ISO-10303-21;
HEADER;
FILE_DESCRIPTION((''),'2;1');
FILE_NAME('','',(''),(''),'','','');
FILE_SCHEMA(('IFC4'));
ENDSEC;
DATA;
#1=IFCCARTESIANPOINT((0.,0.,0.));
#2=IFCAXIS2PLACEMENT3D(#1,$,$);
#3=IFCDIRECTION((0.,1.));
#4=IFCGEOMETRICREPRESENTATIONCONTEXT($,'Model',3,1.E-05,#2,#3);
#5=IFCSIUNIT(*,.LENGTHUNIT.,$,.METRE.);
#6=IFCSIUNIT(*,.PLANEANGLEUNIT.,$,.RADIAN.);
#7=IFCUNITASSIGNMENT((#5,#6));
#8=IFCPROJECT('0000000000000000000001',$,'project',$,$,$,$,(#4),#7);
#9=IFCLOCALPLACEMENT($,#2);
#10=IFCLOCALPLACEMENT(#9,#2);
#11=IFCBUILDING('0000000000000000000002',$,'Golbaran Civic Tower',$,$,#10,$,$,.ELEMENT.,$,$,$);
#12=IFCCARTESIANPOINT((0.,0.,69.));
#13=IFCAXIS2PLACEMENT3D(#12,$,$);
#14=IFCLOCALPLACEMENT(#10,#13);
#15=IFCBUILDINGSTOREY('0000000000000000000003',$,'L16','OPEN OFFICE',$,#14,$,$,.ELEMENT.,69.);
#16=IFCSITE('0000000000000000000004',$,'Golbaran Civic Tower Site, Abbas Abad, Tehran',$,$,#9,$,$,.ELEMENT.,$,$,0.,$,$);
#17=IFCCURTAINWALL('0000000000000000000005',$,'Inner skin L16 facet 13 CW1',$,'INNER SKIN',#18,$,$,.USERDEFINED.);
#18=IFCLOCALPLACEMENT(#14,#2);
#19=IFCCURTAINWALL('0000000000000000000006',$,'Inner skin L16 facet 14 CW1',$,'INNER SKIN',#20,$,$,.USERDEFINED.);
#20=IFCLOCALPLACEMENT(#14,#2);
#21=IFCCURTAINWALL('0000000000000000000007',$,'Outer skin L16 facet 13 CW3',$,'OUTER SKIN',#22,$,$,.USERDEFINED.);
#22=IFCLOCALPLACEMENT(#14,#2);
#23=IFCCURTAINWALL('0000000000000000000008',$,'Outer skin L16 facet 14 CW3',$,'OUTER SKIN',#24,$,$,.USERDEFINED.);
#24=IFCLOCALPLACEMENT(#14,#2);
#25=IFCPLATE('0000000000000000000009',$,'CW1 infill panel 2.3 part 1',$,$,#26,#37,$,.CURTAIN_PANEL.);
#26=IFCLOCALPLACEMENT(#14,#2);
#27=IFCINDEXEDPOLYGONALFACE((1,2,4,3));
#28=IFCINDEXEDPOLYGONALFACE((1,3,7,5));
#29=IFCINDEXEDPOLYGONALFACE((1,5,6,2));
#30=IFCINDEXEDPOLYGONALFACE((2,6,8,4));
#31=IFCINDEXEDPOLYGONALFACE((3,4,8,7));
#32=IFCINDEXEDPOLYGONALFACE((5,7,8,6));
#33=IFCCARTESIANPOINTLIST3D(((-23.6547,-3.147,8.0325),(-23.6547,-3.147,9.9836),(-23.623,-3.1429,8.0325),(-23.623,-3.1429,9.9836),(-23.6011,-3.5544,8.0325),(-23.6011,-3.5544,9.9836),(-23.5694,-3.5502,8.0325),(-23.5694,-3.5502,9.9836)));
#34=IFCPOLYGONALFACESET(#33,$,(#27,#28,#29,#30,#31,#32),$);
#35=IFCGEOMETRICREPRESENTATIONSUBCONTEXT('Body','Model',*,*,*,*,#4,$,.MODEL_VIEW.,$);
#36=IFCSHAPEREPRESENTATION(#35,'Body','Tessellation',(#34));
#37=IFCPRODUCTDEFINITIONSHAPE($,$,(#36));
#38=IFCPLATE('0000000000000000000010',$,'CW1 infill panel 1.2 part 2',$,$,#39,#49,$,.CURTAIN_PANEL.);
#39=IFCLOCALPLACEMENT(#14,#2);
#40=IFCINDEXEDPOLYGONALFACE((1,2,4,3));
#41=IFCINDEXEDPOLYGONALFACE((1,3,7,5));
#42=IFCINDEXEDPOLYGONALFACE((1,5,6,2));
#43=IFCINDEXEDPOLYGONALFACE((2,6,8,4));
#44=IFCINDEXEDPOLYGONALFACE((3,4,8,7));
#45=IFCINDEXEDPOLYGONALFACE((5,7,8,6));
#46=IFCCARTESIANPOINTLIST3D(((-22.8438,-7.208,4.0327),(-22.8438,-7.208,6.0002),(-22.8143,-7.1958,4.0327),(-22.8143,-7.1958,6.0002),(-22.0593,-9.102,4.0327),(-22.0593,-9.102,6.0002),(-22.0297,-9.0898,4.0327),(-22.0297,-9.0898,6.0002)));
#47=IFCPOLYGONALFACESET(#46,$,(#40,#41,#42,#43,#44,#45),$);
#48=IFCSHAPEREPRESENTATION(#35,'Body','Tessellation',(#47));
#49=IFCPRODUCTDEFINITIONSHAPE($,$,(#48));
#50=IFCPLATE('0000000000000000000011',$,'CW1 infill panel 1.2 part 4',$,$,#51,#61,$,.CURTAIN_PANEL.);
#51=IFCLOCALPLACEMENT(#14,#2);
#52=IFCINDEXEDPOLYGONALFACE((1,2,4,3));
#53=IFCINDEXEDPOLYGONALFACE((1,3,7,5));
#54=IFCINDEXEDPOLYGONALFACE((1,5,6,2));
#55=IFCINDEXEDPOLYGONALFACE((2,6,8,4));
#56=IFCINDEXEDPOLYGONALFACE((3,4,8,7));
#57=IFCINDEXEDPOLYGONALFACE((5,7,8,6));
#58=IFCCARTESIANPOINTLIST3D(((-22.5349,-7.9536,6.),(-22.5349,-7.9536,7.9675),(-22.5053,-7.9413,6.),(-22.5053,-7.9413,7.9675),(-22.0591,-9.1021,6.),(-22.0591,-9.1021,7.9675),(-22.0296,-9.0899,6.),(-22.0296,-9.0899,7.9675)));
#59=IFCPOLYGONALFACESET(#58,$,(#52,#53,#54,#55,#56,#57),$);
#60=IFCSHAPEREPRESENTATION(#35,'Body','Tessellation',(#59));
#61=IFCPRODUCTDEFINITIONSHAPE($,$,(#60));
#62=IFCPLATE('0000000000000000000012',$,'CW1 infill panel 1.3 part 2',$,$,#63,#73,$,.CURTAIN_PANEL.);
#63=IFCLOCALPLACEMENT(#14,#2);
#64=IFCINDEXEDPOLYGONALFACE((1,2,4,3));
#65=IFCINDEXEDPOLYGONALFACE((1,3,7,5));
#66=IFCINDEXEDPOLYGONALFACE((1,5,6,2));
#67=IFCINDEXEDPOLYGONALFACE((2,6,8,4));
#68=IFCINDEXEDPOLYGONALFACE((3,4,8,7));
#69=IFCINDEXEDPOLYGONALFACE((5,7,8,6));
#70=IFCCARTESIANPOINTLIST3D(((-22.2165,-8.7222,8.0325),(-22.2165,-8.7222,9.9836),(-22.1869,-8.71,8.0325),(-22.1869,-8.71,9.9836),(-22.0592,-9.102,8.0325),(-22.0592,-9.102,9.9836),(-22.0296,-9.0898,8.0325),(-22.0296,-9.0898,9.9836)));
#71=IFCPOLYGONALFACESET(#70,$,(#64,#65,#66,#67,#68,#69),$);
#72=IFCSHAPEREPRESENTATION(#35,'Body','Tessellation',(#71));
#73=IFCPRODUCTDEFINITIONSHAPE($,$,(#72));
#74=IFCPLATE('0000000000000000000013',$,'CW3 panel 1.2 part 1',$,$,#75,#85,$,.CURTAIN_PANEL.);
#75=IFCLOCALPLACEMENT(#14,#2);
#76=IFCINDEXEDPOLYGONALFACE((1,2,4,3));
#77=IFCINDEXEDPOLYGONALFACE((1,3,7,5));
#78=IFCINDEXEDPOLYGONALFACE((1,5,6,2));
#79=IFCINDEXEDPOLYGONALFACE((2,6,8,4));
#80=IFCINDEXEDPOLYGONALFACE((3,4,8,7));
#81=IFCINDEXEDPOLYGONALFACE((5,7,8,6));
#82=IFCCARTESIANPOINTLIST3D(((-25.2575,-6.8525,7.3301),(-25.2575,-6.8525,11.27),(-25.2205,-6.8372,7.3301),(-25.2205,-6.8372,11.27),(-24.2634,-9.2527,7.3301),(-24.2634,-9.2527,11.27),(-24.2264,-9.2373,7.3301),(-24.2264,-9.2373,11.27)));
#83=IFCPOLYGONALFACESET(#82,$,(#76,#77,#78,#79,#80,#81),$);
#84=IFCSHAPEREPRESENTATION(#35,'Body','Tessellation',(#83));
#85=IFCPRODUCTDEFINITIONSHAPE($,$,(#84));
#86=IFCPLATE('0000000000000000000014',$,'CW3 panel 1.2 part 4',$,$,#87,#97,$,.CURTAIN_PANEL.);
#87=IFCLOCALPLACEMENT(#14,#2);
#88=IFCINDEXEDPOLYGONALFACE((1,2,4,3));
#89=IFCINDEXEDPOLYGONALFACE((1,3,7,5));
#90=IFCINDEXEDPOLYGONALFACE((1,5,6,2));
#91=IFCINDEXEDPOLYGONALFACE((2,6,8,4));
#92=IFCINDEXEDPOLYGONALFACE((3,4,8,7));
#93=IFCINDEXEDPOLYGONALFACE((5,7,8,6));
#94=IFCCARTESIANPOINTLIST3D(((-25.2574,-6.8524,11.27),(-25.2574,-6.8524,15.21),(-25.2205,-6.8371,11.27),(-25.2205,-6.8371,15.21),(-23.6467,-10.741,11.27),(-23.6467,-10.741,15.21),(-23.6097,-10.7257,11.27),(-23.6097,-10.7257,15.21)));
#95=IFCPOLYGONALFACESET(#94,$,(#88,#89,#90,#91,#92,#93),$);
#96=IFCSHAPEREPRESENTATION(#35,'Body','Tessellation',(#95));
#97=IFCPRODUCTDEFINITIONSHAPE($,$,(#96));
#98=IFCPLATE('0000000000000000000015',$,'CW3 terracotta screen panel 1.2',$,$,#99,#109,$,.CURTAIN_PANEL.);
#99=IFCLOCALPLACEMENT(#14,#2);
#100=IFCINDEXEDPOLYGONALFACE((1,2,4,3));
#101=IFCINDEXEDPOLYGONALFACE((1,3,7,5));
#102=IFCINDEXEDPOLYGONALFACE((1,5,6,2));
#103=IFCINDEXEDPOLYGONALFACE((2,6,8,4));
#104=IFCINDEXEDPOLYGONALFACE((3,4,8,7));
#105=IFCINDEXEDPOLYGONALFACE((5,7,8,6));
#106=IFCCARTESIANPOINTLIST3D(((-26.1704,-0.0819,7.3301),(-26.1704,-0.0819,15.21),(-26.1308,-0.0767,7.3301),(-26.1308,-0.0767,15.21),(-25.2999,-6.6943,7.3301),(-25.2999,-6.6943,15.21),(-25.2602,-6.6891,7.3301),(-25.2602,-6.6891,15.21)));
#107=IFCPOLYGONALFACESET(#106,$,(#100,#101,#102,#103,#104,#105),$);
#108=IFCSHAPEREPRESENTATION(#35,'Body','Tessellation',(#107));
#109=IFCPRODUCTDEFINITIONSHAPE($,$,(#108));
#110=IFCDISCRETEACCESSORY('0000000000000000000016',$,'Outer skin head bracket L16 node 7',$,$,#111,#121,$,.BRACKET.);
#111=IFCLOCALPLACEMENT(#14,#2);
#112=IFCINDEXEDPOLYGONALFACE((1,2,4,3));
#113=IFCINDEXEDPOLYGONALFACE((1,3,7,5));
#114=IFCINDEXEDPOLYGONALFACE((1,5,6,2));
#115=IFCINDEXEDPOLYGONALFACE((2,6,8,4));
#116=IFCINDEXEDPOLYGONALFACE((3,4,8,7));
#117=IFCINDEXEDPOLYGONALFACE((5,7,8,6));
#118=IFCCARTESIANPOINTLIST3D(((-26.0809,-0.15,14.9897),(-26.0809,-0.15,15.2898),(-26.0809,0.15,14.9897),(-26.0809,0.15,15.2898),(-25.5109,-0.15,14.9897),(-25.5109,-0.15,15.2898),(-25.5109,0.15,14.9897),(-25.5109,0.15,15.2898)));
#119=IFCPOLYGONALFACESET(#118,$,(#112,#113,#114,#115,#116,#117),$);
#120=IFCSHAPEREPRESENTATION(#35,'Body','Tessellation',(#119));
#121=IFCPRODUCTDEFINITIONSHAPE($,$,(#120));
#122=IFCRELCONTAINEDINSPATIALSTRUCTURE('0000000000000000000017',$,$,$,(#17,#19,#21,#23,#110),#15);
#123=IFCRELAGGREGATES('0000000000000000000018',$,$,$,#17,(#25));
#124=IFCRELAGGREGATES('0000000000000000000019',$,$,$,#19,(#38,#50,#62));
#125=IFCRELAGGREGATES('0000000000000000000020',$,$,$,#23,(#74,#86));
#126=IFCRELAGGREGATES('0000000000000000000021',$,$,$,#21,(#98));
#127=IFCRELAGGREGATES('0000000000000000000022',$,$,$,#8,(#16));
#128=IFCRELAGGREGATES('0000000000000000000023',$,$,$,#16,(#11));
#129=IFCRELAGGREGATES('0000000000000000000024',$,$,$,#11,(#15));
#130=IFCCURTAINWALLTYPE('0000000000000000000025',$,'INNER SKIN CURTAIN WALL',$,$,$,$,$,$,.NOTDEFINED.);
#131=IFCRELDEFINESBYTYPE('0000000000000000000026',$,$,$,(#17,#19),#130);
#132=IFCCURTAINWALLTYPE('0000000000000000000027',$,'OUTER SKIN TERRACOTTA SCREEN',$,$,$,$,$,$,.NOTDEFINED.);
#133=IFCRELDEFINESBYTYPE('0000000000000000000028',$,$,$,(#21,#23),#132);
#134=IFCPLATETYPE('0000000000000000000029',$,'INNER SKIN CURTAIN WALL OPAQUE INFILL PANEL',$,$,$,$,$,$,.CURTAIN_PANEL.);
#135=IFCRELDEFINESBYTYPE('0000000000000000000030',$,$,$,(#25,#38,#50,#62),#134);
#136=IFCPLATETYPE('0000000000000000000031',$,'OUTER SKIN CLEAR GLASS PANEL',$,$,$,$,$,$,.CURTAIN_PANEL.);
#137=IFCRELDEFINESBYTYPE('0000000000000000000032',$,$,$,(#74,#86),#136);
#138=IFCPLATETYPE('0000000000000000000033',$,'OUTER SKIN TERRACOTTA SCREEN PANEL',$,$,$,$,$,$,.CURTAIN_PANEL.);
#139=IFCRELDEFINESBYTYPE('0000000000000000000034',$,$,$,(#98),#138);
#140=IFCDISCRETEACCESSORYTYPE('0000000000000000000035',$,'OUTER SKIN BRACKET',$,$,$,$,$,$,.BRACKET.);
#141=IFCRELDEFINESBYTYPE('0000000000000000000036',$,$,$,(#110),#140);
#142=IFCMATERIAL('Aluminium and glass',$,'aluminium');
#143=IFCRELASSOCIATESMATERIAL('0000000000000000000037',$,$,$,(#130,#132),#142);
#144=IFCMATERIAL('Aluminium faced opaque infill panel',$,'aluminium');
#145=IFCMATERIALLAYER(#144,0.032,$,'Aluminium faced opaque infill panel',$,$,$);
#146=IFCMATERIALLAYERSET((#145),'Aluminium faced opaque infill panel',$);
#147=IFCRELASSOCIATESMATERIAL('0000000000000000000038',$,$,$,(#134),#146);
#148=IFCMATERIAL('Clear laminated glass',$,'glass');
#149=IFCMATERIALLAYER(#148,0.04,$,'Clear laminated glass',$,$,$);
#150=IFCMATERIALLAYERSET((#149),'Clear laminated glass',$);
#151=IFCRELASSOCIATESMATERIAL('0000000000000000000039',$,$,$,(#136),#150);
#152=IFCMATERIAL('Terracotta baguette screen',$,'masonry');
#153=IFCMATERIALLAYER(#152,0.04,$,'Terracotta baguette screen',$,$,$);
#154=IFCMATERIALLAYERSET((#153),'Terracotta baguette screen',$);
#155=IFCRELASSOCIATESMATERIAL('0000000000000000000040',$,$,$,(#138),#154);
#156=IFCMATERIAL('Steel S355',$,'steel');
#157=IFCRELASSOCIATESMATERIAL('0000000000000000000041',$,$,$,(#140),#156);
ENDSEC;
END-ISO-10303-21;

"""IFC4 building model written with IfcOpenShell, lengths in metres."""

from ifc_helpers import new_model, si_unit, direction, frame, origin, origin_2d, place, context, subcontext, project, spatial, rectangle, extrude, material, layer, layer_set, type_object, element, aggregate, save


model = new_model("IFC4")

# Units and contexts
model_context = context("Model", 3, precision=1e-05, world=origin(), true_north=direction((0.0, 1.0)))
body_context = subcontext(model_context, "Body", "Model", "MODEL_VIEW")
ifc_project = project(units=[si_unit("LENGTHUNIT", "METRE"), si_unit("PLANEANGLEUNIT", "RADIAN")], contexts=[model_context])

# Site, building, storey
site_placement = place(None, origin())
site = spatial("IfcSite", under=ifc_project, at=site_placement, Name="Golbaran Civic Tower Site, Abbas Abad, Tehran", CompositionType="ELEMENT", RefElevation=0.0)
building_placement = place(site_placement, origin())
building = spatial("IfcBuilding", under=site, at=building_placement, Name="Golbaran Civic Tower", CompositionType="ELEMENT")
storey_placement = place(building_placement, frame((0.0, 0.0, 69.0)))
storey = spatial("IfcBuildingStorey", under=building, at=storey_placement, Name="L16", Description="OPEN OFFICE", CompositionType="ELEMENT", Elevation=69.0)

# Curtain walls
ifc_material_1 = material(Name="Aluminium and glass", Category="aluminium")
curtain_wall_type_1 = type_object("IfcCurtainWallType", Name="INNER SKIN CURTAIN WALL", PredefinedType="NOTDEFINED", material=ifc_material_1)
curtain_wall_1_placement = place(storey_placement, origin())
curtain_wall_1 = element("IfcCurtainWall", 1, at=curtain_wall_1_placement, inside=storey, type_object=curtain_wall_type_1, Name="Inner skin L16 facet 13 CW1", ObjectType="INNER SKIN", PredefinedType="USERDEFINED")
curtain_wall_2_placement = place(storey_placement, origin())
curtain_wall_2 = element("IfcCurtainWall", 2, at=curtain_wall_2_placement, inside=storey, type_object=curtain_wall_type_1, Name="Inner skin L16 facet 14 CW1", ObjectType="INNER SKIN", PredefinedType="USERDEFINED")
curtain_wall_type_2 = type_object("IfcCurtainWallType", Name="OUTER SKIN TERRACOTTA SCREEN", PredefinedType="NOTDEFINED", material=ifc_material_1)
curtain_wall_3_placement = place(storey_placement, origin())
curtain_wall_3 = element("IfcCurtainWall", 3, at=curtain_wall_3_placement, inside=storey, type_object=curtain_wall_type_2, Name="Outer skin L16 facet 13 CW3", ObjectType="OUTER SKIN", PredefinedType="USERDEFINED")
curtain_wall_4_placement = place(storey_placement, origin())
curtain_wall_4 = element("IfcCurtainWall", 4, at=curtain_wall_4_placement, inside=storey, type_object=curtain_wall_type_2, Name="Outer skin L16 facet 14 CW3", ObjectType="OUTER SKIN", PredefinedType="USERDEFINED")

# Plates
ifc_material_2 = material(Name="Aluminium faced opaque infill panel", Category="aluminium")
ifc_layer_1 = layer(ifc_material_2, 0.032, Name="Aluminium faced opaque infill panel")
ifc_layer_set_1 = layer_set([ifc_layer_1], Name="Aluminium faced opaque infill panel")
plate_type_1 = type_object("IfcPlateType", Name="INNER SKIN CURTAIN WALL OPAQUE INFILL PANEL", PredefinedType="CURTAIN_PANEL", material=ifc_layer_set_1)
plate_1_placement = place(storey_placement, frame((-23.6121, -3.3486, 8.0325), z_axis=(0.0, 0.0, 1.0), x_axis=(0.130526, -0.991445, 0.0)))
plate_1 = element("IfcPlate", 5, at=plate_1_placement, type_object=plate_type_1, Name="CW1 infill panel 2.3 part 1", PredefinedType="CURTAIN_PANEL", context=body_context, shape_type="SweptSolid", body=[
    extrude(rectangle(XDim=0.4109, YDim=0.032, at=origin_2d()), origin(), (0.0, 0.0, 1.0), 1.9512),
])
aggregate(curtain_wall_1, [plate_1])
plate_2_placement = place(storey_placement, frame((-22.4368, -8.1489, 4.0327), z_axis=(0.0, 0.0, 1.0), x_axis=(0.382683, -0.92388, 0.0)))
plate_2 = element("IfcPlate", 6, at=plate_2_placement, type_object=plate_type_1, Name="CW1 infill panel 1.2 part 2", PredefinedType="CURTAIN_PANEL", context=body_context, shape_type="SweptSolid", body=[
    extrude(rectangle(XDim=2.05, YDim=0.032, at=origin_2d()), origin(), (0.0, 0.0, 1.0), 1.9675),
])
plate_3_placement = place(storey_placement, frame((-22.2822, -8.5217, 6.0), z_axis=(0.0, 0.0, 1.0), x_axis=(0.382683, -0.92388, 0.0)))
plate_3 = element("IfcPlate", 7, at=plate_3_placement, type_object=plate_type_1, Name="CW1 infill panel 1.2 part 4", PredefinedType="CURTAIN_PANEL", context=body_context, shape_type="SweptSolid", body=[
    extrude(rectangle(XDim=1.2432, YDim=0.032, at=origin_2d()), origin(), (0.0, 0.0, 1.0), 1.9675),
])
plate_4_placement = place(storey_placement, frame((-22.123, -8.906, 8.0325), z_axis=(0.0, 0.0, 1.0), x_axis=(0.382683, -0.92388, 0.0)))
plate_4 = element("IfcPlate", 8, at=plate_4_placement, type_object=plate_type_1, Name="CW1 infill panel 1.3 part 2", PredefinedType="CURTAIN_PANEL", context=body_context, shape_type="SweptSolid", body=[
    extrude(rectangle(XDim=0.4111, YDim=0.032, at=origin_2d()), origin(), (0.0, 0.0, 1.0), 1.9512),
])
aggregate(curtain_wall_2, [plate_2, plate_3, plate_4])
ifc_material_3 = material(Name="Clear laminated glass", Category="glass")
ifc_layer_2 = layer(ifc_material_3, 0.04, Name="Clear laminated glass")
ifc_layer_set_2 = layer_set([ifc_layer_2], Name="Clear laminated glass")
plate_type_2 = type_object("IfcPlateType", Name="OUTER SKIN CLEAR GLASS PANEL", PredefinedType="CURTAIN_PANEL", material=ifc_layer_set_2)
plate_5_placement = place(storey_placement, frame((-24.7419, -8.0449, 7.3301), z_axis=(0.0, 0.0, 1.0), x_axis=(0.382683, -0.92388, 0.0)))
plate_5 = element("IfcPlate", 9, at=plate_5_placement, type_object=plate_type_2, Name="CW3 panel 1.2 part 1", PredefinedType="CURTAIN_PANEL", context=body_context, shape_type="SweptSolid", body=[
    extrude(rectangle(XDim=2.5979, YDim=0.04, at=origin_2d()), origin(), (0.0, 0.0, 1.0), 3.9399),
])
plate_6_placement = place(storey_placement, frame((-24.4336, -8.7891, 11.27), z_axis=(0.0, 0.0, 1.0), x_axis=(0.382683, -0.92388, 0.0)))
plate_6 = element("IfcPlate", 10, at=plate_6_placement, type_object=plate_type_2, Name="CW3 panel 1.2 part 4", PredefinedType="CURTAIN_PANEL", context=body_context, shape_type="SweptSolid", body=[
    extrude(rectangle(XDim=4.209, YDim=0.04, at=origin_2d()), origin(), (0.0, 0.0, 1.0), 3.9399),
])
aggregate(curtain_wall_4, [plate_5, plate_6])
ifc_material_4 = material(Name="Terracotta baguette screen", Category="masonry")
ifc_layer_3 = layer(ifc_material_4, 0.04, Name="Terracotta baguette screen")
ifc_layer_set_3 = layer_set([ifc_layer_3], Name="Terracotta baguette screen")
plate_type_3 = type_object("IfcPlateType", Name="OUTER SKIN TERRACOTTA SCREEN PANEL", PredefinedType="CURTAIN_PANEL", material=ifc_layer_set_3)
plate_7_placement = place(storey_placement, frame((-25.7153, -3.3855, 7.3301), z_axis=(0.0, 0.0, 1.0), x_axis=(0.130526, -0.991445, 0.0)))
plate_7 = element("IfcPlate", 11, at=plate_7_placement, type_object=plate_type_3, Name="CW3 terracotta screen panel 1.2", PredefinedType="CURTAIN_PANEL", context=body_context, shape_type="SweptSolid", body=[
    extrude(rectangle(XDim=6.6694, YDim=0.04, at=origin_2d()), origin(), (0.0, 0.0, 1.0), 7.8799),
])
aggregate(curtain_wall_3, [plate_7])

# Discrete accessory
ifc_material_5 = material(Name="Steel S355", Category="steel")
discrete_accessory_type = type_object("IfcDiscreteAccessoryType", Name="OUTER SKIN BRACKET", PredefinedType="BRACKET", material=ifc_material_5)
discrete_accessory_placement = place(storey_placement, frame((-25.7959, 0.0, 14.9897), z_axis=(0.0, 0.0, 1.0), x_axis=(-1.0, 0.0, 0.0)))
element("IfcDiscreteAccessory", 12, at=discrete_accessory_placement, inside=storey, type_object=discrete_accessory_type, Name="Outer skin head bracket L16 node 7", PredefinedType="BRACKET", context=body_context, shape_type="SweptSolid", body=[
    extrude(rectangle(XDim=0.5701, YDim=0.3, at=origin_2d()), origin(), (0.0, 0.0, 1.0), 0.3),
])

save(model, "model.ifc")
